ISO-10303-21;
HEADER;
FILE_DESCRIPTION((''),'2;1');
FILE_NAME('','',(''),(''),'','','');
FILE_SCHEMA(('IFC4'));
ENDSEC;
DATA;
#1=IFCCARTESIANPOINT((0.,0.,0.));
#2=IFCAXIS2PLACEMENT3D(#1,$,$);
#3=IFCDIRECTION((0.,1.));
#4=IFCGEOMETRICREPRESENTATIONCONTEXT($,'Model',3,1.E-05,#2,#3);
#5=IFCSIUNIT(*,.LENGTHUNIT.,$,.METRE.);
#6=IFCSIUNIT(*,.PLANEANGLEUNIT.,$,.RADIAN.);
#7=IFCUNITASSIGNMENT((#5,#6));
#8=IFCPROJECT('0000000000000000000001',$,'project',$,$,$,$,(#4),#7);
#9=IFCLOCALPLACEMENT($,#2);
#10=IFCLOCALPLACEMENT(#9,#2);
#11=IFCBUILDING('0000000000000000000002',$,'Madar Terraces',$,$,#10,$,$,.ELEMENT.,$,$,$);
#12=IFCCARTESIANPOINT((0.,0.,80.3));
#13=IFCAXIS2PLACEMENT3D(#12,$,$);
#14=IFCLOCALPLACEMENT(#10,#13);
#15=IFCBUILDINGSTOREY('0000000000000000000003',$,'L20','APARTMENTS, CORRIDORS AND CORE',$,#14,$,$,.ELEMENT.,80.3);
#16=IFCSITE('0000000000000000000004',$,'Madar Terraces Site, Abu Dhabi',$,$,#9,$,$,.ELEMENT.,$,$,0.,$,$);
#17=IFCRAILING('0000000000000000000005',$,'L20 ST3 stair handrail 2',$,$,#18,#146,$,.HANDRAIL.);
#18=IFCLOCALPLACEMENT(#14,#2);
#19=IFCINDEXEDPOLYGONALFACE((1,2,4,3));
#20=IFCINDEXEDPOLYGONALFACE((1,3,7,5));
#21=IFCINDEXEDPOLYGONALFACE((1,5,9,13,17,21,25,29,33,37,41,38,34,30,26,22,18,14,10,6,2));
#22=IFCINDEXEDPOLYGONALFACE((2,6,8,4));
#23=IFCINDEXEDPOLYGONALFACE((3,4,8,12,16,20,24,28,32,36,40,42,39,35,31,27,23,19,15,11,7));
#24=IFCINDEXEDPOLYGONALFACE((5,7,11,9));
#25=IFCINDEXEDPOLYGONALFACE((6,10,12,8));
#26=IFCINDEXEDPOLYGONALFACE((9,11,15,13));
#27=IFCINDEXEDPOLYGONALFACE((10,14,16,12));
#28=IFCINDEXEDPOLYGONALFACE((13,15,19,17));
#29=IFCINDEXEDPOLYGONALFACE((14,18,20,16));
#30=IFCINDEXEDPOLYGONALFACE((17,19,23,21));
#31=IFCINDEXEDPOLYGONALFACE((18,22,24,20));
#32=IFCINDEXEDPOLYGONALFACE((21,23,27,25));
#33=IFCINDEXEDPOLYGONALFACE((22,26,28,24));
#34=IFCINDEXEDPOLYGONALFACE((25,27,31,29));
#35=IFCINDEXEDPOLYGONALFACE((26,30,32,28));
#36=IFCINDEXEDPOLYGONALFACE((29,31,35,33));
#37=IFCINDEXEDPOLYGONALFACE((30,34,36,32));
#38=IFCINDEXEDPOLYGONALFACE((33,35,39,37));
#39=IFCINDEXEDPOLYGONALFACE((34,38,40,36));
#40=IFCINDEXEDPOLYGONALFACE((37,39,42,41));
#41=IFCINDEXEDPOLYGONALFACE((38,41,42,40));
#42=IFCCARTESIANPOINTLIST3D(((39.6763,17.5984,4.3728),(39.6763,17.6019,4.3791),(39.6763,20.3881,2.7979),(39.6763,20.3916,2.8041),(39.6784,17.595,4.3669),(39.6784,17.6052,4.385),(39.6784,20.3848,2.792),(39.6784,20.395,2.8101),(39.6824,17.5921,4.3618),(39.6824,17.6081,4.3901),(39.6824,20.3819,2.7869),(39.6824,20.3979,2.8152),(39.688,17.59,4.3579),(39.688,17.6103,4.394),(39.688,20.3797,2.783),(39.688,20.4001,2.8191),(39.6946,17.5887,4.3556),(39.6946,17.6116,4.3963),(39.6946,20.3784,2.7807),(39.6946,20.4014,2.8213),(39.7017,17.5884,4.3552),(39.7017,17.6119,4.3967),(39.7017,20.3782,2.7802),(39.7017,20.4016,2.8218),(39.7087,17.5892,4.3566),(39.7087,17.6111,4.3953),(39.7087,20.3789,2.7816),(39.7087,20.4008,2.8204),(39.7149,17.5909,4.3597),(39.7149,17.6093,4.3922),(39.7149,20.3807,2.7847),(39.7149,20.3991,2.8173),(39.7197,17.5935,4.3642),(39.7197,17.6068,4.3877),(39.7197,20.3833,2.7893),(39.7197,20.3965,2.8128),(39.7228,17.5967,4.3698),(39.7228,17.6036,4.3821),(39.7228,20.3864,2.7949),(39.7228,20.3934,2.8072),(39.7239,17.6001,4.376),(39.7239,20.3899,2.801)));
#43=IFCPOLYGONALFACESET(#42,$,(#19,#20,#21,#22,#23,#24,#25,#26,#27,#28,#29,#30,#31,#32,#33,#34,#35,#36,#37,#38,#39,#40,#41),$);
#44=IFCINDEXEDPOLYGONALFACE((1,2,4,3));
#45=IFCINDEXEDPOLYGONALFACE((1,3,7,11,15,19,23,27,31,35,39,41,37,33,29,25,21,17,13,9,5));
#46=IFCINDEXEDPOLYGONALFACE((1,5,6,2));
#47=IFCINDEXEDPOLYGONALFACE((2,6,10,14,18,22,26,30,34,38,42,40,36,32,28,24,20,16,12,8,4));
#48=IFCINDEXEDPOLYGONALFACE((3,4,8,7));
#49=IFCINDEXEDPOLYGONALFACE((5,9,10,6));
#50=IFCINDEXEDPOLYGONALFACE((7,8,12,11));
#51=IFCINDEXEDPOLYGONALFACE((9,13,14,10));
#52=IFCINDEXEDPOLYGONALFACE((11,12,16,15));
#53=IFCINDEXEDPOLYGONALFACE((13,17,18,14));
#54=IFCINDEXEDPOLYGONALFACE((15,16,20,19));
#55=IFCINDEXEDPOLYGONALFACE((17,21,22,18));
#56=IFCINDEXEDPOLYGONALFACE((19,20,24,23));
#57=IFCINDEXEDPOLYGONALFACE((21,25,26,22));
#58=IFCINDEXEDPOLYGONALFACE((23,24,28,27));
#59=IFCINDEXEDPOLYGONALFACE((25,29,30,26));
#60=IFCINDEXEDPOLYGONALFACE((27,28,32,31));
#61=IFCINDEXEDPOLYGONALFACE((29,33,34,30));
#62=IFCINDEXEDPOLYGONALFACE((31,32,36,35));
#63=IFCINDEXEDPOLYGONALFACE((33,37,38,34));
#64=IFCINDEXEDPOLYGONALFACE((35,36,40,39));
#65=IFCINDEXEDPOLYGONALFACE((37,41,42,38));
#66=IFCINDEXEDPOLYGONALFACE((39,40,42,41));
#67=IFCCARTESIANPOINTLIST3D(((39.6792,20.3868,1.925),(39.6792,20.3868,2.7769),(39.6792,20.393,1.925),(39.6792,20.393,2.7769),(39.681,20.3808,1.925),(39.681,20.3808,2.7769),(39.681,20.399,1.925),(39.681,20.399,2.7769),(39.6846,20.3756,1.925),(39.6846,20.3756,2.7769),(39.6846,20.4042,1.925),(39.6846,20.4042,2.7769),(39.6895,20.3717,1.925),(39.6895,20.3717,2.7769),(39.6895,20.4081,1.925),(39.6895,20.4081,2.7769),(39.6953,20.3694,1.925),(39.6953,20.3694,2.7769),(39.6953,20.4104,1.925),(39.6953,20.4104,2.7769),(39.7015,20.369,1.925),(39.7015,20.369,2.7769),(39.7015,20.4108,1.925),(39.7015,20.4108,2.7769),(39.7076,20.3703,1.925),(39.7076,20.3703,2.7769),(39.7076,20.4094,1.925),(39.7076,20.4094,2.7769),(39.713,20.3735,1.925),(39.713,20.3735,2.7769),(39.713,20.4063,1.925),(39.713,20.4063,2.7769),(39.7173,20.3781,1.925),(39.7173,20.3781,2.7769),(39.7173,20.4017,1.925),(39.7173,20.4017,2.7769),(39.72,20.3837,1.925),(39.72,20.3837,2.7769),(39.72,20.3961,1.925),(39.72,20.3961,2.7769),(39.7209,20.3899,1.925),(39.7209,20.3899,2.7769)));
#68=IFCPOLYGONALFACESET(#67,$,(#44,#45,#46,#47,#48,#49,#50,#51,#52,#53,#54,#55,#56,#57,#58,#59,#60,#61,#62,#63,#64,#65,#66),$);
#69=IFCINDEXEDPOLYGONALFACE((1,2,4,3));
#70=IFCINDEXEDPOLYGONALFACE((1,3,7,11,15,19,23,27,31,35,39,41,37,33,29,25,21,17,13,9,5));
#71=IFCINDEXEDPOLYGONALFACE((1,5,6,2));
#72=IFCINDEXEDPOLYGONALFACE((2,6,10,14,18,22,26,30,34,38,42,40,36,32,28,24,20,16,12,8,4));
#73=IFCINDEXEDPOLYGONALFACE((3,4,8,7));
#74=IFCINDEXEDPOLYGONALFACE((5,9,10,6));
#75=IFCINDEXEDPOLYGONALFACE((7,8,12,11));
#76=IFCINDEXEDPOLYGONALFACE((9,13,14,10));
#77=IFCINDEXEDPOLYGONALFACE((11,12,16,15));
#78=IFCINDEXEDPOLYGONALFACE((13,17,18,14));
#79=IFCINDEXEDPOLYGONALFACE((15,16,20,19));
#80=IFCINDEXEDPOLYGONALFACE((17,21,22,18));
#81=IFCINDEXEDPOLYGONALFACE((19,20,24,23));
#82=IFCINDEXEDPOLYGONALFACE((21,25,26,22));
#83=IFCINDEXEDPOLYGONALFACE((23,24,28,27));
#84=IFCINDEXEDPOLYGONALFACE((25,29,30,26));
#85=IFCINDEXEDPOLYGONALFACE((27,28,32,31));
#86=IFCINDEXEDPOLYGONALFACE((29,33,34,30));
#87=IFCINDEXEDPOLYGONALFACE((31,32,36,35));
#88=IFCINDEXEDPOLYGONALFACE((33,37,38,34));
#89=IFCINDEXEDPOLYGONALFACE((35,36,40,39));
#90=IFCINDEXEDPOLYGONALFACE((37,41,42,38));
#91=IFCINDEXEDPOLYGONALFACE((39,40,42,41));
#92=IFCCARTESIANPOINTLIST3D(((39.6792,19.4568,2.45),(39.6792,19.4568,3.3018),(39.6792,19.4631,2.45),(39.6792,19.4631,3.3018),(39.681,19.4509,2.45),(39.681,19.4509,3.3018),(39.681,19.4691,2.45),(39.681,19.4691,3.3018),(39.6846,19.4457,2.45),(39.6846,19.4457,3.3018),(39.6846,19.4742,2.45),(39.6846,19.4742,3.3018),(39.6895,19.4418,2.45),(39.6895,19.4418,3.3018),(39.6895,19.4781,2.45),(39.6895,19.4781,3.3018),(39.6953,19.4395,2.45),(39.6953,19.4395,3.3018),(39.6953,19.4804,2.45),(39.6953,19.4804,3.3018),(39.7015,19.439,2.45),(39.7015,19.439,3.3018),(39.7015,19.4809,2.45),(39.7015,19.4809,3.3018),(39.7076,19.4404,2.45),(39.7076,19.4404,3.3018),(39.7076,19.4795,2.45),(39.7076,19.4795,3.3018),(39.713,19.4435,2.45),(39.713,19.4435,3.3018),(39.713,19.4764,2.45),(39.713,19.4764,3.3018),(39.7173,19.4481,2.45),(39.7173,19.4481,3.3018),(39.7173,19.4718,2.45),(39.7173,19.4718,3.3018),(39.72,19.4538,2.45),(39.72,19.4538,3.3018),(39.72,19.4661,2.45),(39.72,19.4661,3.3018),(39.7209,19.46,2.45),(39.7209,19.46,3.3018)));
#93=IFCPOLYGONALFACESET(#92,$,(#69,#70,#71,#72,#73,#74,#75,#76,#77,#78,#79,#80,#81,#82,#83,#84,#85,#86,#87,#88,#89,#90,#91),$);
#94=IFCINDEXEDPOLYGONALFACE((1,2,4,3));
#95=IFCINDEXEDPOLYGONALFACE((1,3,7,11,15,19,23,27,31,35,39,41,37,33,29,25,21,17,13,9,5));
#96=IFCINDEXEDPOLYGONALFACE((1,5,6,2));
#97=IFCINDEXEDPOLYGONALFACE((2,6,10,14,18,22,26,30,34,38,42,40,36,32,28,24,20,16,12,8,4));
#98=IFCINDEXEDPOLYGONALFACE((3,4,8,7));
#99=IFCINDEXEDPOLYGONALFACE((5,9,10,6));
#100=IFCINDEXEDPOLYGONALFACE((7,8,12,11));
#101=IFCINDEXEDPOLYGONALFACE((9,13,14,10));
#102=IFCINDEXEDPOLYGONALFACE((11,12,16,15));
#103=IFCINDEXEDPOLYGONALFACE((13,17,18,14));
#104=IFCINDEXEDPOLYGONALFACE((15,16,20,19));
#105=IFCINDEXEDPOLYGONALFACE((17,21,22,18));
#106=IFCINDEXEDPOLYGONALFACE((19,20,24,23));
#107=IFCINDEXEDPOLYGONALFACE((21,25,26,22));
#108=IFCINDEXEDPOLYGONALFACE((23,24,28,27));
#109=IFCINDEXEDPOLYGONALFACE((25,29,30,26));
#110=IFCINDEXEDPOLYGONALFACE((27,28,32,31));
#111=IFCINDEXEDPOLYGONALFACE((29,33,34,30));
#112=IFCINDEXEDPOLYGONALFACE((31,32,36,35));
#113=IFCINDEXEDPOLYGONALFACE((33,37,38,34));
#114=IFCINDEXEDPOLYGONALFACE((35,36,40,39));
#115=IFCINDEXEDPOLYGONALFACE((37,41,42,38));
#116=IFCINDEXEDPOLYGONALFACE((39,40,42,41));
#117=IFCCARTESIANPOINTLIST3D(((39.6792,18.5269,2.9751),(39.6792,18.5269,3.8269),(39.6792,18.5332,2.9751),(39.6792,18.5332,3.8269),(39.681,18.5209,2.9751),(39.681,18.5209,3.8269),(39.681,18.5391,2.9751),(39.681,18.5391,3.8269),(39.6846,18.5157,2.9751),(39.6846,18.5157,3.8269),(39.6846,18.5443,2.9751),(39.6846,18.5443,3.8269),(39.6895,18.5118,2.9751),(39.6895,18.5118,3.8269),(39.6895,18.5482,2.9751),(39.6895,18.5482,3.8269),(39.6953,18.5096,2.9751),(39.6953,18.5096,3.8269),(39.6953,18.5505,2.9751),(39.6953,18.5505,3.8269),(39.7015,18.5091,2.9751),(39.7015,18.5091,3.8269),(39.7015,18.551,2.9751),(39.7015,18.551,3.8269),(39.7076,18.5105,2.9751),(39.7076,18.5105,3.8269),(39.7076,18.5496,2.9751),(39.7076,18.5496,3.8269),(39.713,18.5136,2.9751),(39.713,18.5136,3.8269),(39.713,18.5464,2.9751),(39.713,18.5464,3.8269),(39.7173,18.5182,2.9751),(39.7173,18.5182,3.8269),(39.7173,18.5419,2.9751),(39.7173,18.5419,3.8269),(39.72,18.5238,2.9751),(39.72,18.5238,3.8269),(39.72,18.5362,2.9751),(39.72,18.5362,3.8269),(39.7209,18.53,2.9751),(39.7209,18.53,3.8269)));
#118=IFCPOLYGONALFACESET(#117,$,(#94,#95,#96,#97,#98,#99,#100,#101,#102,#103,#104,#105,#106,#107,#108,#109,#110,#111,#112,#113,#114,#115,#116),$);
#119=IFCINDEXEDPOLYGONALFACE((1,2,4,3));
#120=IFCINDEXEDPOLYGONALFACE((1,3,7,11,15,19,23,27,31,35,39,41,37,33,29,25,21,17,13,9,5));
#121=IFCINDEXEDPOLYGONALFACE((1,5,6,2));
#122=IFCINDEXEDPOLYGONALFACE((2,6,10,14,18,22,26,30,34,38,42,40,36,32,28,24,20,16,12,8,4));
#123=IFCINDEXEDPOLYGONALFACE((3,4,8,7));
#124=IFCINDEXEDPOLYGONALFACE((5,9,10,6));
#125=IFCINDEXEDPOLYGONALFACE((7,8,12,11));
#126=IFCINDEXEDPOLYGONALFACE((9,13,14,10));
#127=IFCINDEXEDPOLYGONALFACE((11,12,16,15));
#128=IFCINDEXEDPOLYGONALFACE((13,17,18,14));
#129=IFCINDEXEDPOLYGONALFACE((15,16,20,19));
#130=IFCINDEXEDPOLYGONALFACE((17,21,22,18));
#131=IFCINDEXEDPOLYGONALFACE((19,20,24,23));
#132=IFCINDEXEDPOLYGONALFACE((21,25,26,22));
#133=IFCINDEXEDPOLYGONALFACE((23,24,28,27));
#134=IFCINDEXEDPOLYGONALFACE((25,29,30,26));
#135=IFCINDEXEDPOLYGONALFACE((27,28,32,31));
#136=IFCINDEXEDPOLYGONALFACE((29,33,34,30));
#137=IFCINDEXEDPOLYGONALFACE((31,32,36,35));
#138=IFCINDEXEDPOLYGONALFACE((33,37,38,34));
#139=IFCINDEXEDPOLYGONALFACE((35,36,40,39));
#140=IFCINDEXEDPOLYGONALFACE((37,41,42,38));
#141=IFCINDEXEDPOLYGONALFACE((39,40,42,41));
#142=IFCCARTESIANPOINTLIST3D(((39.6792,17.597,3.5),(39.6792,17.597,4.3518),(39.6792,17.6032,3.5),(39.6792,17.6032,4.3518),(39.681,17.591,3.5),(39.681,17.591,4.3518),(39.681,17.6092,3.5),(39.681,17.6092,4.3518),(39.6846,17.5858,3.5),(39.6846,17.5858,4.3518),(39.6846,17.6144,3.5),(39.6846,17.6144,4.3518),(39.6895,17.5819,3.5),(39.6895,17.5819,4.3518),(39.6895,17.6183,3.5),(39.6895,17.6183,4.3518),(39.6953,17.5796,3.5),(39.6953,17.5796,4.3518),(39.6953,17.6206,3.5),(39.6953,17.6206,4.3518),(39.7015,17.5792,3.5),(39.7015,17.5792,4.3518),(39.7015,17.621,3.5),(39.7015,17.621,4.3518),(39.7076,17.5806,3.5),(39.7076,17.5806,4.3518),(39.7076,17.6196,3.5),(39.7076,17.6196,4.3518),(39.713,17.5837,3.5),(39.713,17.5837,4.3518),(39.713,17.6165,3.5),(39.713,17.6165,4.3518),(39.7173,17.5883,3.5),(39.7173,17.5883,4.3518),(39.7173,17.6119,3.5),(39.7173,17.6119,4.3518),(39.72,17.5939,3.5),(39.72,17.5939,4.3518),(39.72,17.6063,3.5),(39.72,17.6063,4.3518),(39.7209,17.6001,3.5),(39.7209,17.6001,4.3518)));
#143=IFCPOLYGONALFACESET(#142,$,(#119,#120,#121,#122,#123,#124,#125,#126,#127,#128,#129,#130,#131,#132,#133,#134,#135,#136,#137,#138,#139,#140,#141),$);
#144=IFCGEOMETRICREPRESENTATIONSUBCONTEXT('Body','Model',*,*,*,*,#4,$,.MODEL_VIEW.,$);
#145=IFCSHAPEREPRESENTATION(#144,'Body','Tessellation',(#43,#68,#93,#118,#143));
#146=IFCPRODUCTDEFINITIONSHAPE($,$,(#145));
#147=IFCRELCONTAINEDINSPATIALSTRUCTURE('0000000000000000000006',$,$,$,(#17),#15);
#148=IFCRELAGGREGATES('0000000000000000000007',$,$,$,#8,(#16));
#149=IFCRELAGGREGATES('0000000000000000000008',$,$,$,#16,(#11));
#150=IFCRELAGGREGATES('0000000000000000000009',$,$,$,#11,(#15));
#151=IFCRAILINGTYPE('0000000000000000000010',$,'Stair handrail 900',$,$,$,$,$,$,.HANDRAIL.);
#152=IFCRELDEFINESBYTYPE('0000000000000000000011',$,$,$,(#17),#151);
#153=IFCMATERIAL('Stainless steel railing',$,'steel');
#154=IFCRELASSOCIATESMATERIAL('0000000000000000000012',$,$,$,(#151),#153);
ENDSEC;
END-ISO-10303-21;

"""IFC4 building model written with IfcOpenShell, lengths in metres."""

from ifc_helpers import new_model, si_unit, direction, frame, origin, origin_2d, place, context, subcontext, project, spatial, circle, extrude, material, type_object, element, save


model = new_model("IFC4")

# Units and contexts
model_context = context("Model", 3, precision=1e-05, world=origin(), true_north=direction((0.0, 1.0)))
body_context = subcontext(model_context, "Body", "Model", "MODEL_VIEW")
ifc_project = project(units=[si_unit("LENGTHUNIT", "METRE"), si_unit("PLANEANGLEUNIT", "RADIAN")], contexts=[model_context])

# Site, building, storey
site_placement = place(None, origin())
site = spatial("IfcSite", under=ifc_project, at=site_placement, Name="Madar Terraces Site, Abu Dhabi", CompositionType="ELEMENT", RefElevation=0.0)
building_placement = place(site_placement, origin())
building = spatial("IfcBuilding", under=site, at=building_placement, Name="Madar Terraces", CompositionType="ELEMENT")
storey_placement = place(building_placement, frame((0.0, 0.0, 80.3)))
storey = spatial("IfcBuildingStorey", under=building, at=storey_placement, Name="L20", Description="APARTMENTS, CORRIDORS AND CORE", CompositionType="ELEMENT", Elevation=80.3)

# Railing
ifc_material_1 = material(Name="Stainless steel railing", Category="steel")
railing_type_1 = type_object("IfcRailingType", Name="Stair handrail 900", PredefinedType="HANDRAIL", material=ifc_material_1)
railing_1_placement = place(storey_placement, frame((39.7, 20.3899, 1.925)))
element("IfcRailing", 1, at=railing_1_placement, inside=storey, type_object=railing_type_1, Name="L20 ST3 stair handrail 2", PredefinedType="HANDRAIL", context=body_context, shape_type="SweptSolid", body=[
    extrude(circle(Radius=0.0239, at=origin_2d()), frame((0.0, 0.0, 0.876), z_axis=(0.0, -0.870815, 0.49161), x_axis=(1.0, 0.0, 0.0)), (0.0, 0.0, 1.0), 3.2036),
    extrude(circle(Radius=0.021, at=origin_2d()), origin(), (0.0, 0.0, 1.0), 0.8518),
    extrude(circle(Radius=0.021, at=origin_2d()), frame((0.0, -0.9299, 0.5249)), (0.0, 0.0, 1.0), 0.8518),
    extrude(circle(Radius=0.021, at=origin_2d()), frame((0.0, -1.8599, 1.05)), (0.0, 0.0, 1.0), 0.8518),
    extrude(circle(Radius=0.021, at=origin_2d()), frame((0.0, -2.7898, 1.575)), (0.0, 0.0, 1.0), 0.8518),
])

save(model, "model.ifc")
